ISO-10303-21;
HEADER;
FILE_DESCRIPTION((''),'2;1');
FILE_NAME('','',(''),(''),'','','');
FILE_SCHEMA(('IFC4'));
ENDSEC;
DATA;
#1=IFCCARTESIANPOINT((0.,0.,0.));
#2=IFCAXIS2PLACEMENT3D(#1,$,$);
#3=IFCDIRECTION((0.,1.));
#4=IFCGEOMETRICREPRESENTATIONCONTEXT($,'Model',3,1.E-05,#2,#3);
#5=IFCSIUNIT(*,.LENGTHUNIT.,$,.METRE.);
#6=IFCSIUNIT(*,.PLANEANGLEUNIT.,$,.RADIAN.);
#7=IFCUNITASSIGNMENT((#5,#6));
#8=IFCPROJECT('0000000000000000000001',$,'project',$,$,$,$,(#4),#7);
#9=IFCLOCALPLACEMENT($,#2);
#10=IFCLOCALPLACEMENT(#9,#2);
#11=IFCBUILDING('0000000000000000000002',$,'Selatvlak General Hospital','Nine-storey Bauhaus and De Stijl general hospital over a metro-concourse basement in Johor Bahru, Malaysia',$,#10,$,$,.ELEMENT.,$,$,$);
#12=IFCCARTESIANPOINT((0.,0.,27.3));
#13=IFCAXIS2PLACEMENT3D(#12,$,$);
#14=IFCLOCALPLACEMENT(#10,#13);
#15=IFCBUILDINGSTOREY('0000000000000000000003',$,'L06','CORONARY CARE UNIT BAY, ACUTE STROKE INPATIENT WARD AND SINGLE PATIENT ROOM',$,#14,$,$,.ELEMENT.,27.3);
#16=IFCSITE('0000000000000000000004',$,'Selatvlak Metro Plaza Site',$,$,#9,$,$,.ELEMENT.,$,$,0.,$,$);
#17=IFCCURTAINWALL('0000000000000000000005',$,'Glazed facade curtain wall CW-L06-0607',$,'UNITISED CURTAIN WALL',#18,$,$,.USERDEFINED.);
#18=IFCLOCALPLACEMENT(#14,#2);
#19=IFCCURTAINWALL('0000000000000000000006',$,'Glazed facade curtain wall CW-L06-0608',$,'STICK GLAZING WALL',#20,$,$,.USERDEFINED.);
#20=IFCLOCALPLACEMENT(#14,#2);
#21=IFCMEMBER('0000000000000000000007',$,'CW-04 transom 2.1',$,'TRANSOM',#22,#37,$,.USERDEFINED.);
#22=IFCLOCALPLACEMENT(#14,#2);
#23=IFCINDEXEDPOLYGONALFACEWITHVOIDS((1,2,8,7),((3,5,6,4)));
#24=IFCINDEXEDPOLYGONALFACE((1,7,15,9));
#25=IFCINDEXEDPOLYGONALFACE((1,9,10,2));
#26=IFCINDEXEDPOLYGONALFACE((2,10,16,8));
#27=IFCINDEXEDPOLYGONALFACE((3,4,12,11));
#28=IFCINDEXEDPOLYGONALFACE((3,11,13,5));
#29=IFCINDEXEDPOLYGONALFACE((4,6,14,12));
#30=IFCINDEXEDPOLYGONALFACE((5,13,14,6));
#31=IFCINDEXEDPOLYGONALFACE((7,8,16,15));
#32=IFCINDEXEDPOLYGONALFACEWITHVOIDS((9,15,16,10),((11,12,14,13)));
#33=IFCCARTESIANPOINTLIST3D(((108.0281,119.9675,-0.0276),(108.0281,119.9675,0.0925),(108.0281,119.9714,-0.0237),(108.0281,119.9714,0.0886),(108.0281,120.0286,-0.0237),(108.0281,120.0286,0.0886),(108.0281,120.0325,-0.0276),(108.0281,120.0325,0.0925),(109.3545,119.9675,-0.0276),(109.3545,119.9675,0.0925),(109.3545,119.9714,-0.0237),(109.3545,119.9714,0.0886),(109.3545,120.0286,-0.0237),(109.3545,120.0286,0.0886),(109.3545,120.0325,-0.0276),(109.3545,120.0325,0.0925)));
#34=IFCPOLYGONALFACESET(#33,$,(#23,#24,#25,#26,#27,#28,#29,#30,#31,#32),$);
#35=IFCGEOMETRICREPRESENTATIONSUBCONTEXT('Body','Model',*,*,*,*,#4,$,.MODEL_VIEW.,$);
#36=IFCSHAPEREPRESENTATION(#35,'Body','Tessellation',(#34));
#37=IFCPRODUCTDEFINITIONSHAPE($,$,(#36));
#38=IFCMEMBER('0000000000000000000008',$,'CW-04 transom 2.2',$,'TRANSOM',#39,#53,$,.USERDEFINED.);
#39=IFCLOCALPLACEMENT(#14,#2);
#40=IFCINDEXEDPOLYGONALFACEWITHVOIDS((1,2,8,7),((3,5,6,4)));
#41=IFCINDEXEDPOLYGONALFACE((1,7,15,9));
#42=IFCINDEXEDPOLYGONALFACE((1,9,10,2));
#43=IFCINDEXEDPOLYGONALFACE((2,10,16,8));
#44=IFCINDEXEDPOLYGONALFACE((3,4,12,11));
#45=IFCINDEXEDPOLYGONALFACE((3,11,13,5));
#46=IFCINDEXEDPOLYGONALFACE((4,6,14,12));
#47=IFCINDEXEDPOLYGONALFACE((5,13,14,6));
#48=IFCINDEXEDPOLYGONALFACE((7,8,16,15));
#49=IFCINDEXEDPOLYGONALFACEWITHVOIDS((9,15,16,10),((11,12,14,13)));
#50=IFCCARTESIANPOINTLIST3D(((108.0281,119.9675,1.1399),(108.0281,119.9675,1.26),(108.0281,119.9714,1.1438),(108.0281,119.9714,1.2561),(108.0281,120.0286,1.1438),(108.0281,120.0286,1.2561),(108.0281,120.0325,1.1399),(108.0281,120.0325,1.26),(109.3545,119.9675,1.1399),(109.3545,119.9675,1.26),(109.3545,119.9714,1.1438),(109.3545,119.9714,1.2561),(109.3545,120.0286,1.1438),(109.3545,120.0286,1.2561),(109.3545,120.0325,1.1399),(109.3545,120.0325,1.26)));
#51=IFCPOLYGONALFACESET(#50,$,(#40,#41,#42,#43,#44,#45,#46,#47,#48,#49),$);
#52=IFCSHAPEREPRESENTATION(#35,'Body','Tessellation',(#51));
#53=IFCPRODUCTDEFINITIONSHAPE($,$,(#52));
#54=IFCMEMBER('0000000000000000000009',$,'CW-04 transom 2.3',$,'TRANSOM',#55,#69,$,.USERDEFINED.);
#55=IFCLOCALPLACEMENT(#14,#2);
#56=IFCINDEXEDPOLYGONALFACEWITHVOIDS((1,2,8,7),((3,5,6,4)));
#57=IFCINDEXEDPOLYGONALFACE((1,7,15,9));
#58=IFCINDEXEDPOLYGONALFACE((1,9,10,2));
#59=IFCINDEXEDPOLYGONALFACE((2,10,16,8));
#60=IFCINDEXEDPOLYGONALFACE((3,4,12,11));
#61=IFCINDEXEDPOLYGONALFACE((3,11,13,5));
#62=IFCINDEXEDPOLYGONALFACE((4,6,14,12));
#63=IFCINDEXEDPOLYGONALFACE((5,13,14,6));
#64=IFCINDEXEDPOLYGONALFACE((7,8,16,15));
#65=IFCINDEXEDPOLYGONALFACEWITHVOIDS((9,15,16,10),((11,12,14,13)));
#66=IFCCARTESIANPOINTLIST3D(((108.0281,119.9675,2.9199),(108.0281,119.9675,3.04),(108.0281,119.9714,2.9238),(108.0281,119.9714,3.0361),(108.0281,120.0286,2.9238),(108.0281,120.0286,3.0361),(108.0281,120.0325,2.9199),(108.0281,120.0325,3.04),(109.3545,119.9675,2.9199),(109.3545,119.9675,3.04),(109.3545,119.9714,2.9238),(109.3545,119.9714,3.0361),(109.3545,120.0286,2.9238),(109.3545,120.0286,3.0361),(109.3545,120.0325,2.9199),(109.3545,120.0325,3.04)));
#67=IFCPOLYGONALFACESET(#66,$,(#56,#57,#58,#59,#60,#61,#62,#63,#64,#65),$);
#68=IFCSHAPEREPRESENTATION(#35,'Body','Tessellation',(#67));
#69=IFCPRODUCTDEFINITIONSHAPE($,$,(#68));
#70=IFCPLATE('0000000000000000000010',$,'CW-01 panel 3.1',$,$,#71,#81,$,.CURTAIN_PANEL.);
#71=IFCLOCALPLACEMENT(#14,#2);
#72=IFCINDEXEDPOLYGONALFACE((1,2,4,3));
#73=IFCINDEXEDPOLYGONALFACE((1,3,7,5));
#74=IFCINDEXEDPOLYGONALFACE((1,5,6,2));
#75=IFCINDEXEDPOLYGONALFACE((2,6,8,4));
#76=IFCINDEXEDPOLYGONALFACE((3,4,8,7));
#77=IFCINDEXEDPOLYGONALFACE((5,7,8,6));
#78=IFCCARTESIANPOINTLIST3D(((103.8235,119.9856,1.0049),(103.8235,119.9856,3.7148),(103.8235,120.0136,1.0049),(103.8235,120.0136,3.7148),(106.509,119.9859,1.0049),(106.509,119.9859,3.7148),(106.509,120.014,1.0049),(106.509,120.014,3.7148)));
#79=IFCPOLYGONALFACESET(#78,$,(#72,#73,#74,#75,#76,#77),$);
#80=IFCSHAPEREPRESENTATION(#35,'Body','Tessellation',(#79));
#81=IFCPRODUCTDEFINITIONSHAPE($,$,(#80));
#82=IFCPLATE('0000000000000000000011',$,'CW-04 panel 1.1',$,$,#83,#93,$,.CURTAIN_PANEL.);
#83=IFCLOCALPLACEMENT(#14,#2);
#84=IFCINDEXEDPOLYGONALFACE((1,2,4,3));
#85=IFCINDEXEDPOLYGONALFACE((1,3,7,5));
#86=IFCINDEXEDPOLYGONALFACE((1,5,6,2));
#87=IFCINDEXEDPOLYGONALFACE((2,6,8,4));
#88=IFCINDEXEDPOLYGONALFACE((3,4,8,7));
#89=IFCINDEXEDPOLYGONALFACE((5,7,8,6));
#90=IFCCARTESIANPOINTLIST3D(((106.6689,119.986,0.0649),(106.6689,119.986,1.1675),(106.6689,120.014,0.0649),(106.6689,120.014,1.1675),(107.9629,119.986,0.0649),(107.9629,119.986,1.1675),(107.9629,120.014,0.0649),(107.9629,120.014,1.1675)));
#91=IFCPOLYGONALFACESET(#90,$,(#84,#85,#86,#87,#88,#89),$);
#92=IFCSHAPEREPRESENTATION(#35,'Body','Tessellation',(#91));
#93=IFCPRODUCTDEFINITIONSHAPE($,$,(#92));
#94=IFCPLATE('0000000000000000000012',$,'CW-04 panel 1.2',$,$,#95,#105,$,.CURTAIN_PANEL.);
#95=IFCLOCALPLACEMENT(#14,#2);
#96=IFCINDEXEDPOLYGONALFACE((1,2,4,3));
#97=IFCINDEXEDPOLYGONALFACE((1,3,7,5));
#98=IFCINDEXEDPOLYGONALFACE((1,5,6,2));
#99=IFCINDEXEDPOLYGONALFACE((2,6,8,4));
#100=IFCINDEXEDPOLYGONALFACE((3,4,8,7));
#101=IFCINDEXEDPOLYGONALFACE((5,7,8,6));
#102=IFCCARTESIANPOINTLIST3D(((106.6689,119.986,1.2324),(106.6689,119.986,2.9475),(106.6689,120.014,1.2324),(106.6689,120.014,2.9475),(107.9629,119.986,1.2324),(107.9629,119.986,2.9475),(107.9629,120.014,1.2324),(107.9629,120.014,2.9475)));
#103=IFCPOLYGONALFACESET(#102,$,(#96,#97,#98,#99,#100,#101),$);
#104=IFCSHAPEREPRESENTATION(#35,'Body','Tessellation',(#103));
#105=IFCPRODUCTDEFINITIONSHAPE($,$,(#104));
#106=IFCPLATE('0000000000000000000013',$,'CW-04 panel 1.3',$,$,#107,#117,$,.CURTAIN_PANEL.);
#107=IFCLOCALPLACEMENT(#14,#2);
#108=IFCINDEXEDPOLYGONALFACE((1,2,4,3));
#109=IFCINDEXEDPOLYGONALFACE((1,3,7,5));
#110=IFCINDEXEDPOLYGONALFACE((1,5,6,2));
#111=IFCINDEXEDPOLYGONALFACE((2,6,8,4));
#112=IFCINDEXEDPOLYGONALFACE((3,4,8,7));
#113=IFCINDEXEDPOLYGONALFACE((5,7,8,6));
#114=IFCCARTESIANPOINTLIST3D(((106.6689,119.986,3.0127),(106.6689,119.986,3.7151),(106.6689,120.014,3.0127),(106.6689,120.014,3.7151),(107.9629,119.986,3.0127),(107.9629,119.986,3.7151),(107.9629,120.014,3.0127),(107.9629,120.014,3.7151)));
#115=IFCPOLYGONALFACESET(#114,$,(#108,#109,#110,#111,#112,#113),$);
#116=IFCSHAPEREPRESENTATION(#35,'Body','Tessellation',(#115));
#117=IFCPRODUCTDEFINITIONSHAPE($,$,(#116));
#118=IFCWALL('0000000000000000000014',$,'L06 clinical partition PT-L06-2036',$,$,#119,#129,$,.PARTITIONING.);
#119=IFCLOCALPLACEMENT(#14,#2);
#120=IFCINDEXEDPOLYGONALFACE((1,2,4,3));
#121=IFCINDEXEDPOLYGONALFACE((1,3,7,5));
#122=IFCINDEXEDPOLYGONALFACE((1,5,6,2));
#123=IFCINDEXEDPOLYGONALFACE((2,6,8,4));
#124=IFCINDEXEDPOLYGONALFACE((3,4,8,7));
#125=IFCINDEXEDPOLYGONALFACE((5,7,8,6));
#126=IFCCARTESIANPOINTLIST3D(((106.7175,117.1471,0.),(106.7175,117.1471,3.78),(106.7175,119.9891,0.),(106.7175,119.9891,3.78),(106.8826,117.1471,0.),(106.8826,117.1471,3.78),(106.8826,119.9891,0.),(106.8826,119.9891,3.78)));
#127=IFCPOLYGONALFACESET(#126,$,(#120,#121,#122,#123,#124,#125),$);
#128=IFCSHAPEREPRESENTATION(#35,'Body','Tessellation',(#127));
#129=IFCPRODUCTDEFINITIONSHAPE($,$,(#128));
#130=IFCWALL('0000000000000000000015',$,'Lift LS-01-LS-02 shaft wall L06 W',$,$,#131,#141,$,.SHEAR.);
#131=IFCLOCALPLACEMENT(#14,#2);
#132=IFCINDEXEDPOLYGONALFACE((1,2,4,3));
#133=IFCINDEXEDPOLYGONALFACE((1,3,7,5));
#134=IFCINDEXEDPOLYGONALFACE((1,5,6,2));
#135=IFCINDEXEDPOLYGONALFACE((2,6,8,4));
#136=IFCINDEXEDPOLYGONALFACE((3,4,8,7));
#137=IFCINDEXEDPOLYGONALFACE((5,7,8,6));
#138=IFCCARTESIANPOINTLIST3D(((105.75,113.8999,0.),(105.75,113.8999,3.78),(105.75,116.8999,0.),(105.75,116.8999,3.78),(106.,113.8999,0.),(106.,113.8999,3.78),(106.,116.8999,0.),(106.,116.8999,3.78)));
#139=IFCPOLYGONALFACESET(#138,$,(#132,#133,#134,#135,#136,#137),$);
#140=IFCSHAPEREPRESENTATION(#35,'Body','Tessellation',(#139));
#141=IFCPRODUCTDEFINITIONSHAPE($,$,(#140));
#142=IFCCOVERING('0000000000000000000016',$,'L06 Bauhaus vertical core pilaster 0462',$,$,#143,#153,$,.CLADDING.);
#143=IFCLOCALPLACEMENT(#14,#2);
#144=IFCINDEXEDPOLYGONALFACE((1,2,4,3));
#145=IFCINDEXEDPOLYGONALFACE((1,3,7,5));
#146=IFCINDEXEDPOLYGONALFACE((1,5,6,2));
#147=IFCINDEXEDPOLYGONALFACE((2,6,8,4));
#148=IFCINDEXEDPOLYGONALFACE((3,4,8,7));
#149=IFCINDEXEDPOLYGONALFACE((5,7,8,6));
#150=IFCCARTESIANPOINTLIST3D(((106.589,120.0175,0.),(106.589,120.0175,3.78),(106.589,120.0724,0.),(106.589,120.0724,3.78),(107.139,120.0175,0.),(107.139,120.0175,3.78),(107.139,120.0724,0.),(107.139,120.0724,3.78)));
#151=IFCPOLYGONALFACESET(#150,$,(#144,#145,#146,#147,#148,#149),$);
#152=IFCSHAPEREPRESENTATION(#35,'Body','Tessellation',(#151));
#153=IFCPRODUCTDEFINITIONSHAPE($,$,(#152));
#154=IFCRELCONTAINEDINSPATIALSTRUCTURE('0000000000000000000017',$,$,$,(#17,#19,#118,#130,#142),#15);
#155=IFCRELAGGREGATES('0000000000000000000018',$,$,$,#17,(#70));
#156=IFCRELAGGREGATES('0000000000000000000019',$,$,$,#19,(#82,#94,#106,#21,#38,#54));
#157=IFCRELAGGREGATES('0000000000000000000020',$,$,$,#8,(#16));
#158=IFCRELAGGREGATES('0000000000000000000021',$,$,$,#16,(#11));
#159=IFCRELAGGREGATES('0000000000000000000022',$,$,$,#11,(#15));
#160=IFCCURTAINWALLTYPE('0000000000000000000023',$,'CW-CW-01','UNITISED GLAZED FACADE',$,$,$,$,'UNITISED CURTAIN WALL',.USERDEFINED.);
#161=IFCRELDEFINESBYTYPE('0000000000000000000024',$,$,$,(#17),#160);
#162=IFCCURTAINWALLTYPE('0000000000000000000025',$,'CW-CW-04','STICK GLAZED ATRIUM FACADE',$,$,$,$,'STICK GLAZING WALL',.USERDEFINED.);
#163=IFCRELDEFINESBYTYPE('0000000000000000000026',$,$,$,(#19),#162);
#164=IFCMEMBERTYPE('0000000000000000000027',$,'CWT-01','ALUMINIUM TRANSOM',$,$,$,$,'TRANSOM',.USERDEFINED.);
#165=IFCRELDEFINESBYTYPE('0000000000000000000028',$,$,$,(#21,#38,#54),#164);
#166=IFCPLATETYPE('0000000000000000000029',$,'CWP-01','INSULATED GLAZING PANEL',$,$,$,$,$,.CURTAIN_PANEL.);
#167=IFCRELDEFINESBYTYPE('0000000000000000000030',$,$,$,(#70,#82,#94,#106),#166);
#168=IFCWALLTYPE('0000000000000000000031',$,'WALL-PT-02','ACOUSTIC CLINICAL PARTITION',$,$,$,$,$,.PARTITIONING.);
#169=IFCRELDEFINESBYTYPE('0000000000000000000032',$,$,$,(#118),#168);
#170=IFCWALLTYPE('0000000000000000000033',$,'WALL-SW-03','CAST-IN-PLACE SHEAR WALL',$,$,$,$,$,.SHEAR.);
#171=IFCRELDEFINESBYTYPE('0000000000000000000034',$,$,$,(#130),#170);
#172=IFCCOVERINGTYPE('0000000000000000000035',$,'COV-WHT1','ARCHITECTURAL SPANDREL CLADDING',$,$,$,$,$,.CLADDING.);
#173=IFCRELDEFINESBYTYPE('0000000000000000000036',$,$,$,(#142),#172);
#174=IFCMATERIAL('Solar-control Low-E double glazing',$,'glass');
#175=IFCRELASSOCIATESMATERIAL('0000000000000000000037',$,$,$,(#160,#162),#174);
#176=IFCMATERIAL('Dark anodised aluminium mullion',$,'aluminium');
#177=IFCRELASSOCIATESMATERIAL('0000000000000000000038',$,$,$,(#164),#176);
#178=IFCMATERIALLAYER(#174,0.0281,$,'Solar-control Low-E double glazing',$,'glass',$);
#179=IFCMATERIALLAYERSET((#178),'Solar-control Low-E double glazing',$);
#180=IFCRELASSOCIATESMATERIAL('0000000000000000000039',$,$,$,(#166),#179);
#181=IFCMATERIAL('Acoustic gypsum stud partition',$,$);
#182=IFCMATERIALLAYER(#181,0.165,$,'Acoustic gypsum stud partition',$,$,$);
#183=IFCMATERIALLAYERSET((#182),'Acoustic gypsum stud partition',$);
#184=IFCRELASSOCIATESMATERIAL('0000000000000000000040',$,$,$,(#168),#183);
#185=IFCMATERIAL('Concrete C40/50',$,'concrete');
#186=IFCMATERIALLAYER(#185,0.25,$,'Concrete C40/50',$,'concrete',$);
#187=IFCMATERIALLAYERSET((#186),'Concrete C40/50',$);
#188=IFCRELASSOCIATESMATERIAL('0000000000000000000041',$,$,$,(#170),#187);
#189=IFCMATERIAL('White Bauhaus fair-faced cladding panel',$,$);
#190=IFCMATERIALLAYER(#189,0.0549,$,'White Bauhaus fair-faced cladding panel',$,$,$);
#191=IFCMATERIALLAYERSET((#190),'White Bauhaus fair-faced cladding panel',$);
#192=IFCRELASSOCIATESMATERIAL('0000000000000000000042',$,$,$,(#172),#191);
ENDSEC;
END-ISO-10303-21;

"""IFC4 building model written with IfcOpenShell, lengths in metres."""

from ifc_helpers import new_model, si_unit, direction, frame, frame_2d, origin, origin_2d, place, context, subcontext, project, spatial, rectangle, hollow_rectangle, extrude, material, layer, layer_set, material_profile, profile_set, type_object, element, aggregate, save


model = new_model("IFC4")

# Units and contexts
model_context = context("Model", 3, precision=1e-05, world=origin(), true_north=direction((0.0, 1.0)))
body_context = subcontext(model_context, "Body", "Model", "MODEL_VIEW")
ifc_project = project(units=[si_unit("LENGTHUNIT", "METRE"), si_unit("PLANEANGLEUNIT", "RADIAN")], contexts=[model_context])

# Site, building, storey
site_placement = place(None, origin())
site = spatial("IfcSite", under=ifc_project, at=site_placement, Name="Selatvlak Metro Plaza Site", CompositionType="ELEMENT", RefElevation=0.0)
building_placement = place(site_placement, origin())
building = spatial("IfcBuilding", under=site, at=building_placement, Name="Selatvlak General Hospital", Description="Nine-storey Bauhaus and De Stijl general hospital over a metro-concourse basement in Johor Bahru, Malaysia", CompositionType="ELEMENT")
storey_placement = place(building_placement, frame((0.0, 0.0, 27.3)))
storey = spatial("IfcBuildingStorey", under=building, at=storey_placement, Name="L06", Description="CORONARY CARE UNIT BAY, ACUTE STROKE INPATIENT WARD AND SINGLE PATIENT ROOM", CompositionType="ELEMENT", Elevation=27.3)

# Shared definitions
ifc_material_1 = material(Name="Concrete C40/50", Category="concrete")

# Curtain walls
ifc_material_2 = material(Name="Solar-control Low-E double glazing", Category="glass")
curtain_wall_type_1 = type_object("IfcCurtainWallType", Name="CW-CW-01", Description="UNITISED GLAZED FACADE", ElementType="UNITISED CURTAIN WALL", PredefinedType="USERDEFINED", material=ifc_material_2)
curtain_wall_1_placement = place(storey_placement, origin())
curtain_wall_1 = element("IfcCurtainWall", 1, at=curtain_wall_1_placement, inside=storey, type_object=curtain_wall_type_1, Name="Glazed facade curtain wall CW-L06-0607", ObjectType="UNITISED CURTAIN WALL", PredefinedType="USERDEFINED")
ifc_material_3 = material(Name="Dark anodised aluminium mullion", Category="aluminium")
curtain_wall_type_2 = type_object("IfcCurtainWallType", Name="CW-CW-04", Description="STICK GLAZED ATRIUM FACADE", ElementType="STICK GLAZING WALL", PredefinedType="USERDEFINED", material=ifc_material_2)
curtain_wall_2_placement = place(storey_placement, origin())
curtain_wall_2 = element("IfcCurtainWall", 2, at=curtain_wall_2_placement, inside=storey, type_object=curtain_wall_type_2, Name="Glazed facade curtain wall CW-L06-0608", ObjectType="STICK GLAZING WALL", PredefinedType="USERDEFINED")

# Members
ifc_material_profile_1 = material_profile(ifc_material_3, hollow_rectangle(XDim=0.0649, YDim=0.1201, WallThickness=0.0039, at=origin_2d()), Name="AL-TRN 65x120x4")
ifc_profile_set_1 = profile_set([ifc_material_profile_1], Name="Dark anodised aluminium mullion")
member_type_1 = type_object("IfcMemberType", Name="CWT-01", Description="ALUMINIUM TRANSOM", ElementType="TRANSOM", PredefinedType="USERDEFINED", material=ifc_profile_set_1)
member_1_placement = place(storey_placement, frame((108.0281, 120.0, 0.0325), z_axis=(1.0, 0.0, 0.0), x_axis=(0.0, 1.0, 0.0)))
member_1 = element("IfcMember", 3, at=member_1_placement, type_object=member_type_1, Name="CW-04 transom 2.1", ObjectType="TRANSOM", PredefinedType="USERDEFINED", context=body_context, shape_type="SweptSolid", body=[
    extrude(hollow_rectangle(XDim=0.0649, YDim=0.1201, WallThickness=0.0039, at=origin_2d()), origin(), (0.0, 0.0, 1.0), 1.3264),
])
member_2_placement = place(storey_placement, frame((108.0281, 120.0, 1.2), z_axis=(1.0, 0.0, 0.0), x_axis=(0.0, 1.0, 0.0)))
member_2 = element("IfcMember", 4, at=member_2_placement, type_object=member_type_1, Name="CW-04 transom 2.2", ObjectType="TRANSOM", PredefinedType="USERDEFINED", context=body_context, shape_type="SweptSolid", body=[
    extrude(hollow_rectangle(XDim=0.0649, YDim=0.1201, WallThickness=0.0039, at=origin_2d()), origin(), (0.0, 0.0, 1.0), 1.3264),
])
member_3_placement = place(storey_placement, frame((108.0281, 120.0, 2.98), z_axis=(1.0, 0.0, 0.0), x_axis=(0.0, 1.0, 0.0)))
member_3 = element("IfcMember", 5, at=member_3_placement, type_object=member_type_1, Name="CW-04 transom 2.3", ObjectType="TRANSOM", PredefinedType="USERDEFINED", context=body_context, shape_type="SweptSolid", body=[
    extrude(hollow_rectangle(XDim=0.0649, YDim=0.1201, WallThickness=0.0039, at=origin_2d()), origin(), (0.0, 0.0, 1.0), 1.3264),
])

# Plates
ifc_layer_1 = layer(ifc_material_2, 0.0281, Name="Solar-control Low-E double glazing", Category="glass")
ifc_layer_set_1 = layer_set([ifc_layer_1], Name="Solar-control Low-E double glazing")
plate_type = type_object("IfcPlateType", Name="CWP-01", Description="INSULATED GLAZING PANEL", PredefinedType="CURTAIN_PANEL", material=ifc_layer_set_1)
plate_1_placement = place(storey_placement, frame((105.1663, 119.9998, 1.0049), z_axis=(0.0, 0.0, 1.0), x_axis=(1.0, 0.00012, 0.0)))
plate_1 = element("IfcPlate", 6, at=plate_1_placement, type_object=plate_type, Name="CW-01 panel 3.1", PredefinedType="CURTAIN_PANEL", context=body_context, shape_type="SweptSolid", body=[
    extrude(rectangle(XDim=2.6855, YDim=0.0281, at=origin_2d()), origin(), (0.0, 0.0, 1.0), 2.71),
])
aggregate(curtain_wall_1, [plate_1])
plate_2_placement = place(storey_placement, frame((107.3159, 120.0, 0.0649), z_axis=(0.0, 0.0, 1.0), x_axis=(1.0, 0.0, 0.0)))
plate_2 = element("IfcPlate", 7, at=plate_2_placement, type_object=plate_type, Name="CW-04 panel 1.1", PredefinedType="CURTAIN_PANEL", context=body_context, shape_type="SweptSolid", body=[
    extrude(rectangle(XDim=1.2939, YDim=0.0281, at=origin_2d()), origin(), (0.0, 0.0, 1.0), 1.1025),
])
plate_3_placement = place(storey_placement, frame((107.3159, 120.0, 1.2324), z_axis=(0.0, 0.0, 1.0), x_axis=(1.0, 0.0, 0.0)))
plate_3 = element("IfcPlate", 8, at=plate_3_placement, type_object=plate_type, Name="CW-04 panel 1.2", PredefinedType="CURTAIN_PANEL", context=body_context, shape_type="SweptSolid", body=[
    extrude(rectangle(XDim=1.2939, YDim=0.0281, at=origin_2d()), origin(), (0.0, 0.0, 1.0), 1.7151),
])
plate_4_placement = place(storey_placement, frame((107.3159, 120.0, 3.0127), z_axis=(0.0, 0.0, 1.0), x_axis=(1.0, 0.0, 0.0)))
plate_4 = element("IfcPlate", 9, at=plate_4_placement, type_object=plate_type, Name="CW-04 panel 1.3", PredefinedType="CURTAIN_PANEL", context=body_context, shape_type="SweptSolid", body=[
    extrude(rectangle(XDim=1.2939, YDim=0.0281, at=origin_2d()), origin(), (0.0, 0.0, 1.0), 0.7024),
])
aggregate(curtain_wall_2, [plate_2, plate_3, plate_4, member_1, member_2, member_3])

# Walls
ifc_material_4 = material(Name="Acoustic gypsum stud partition")
ifc_layer_2 = layer(ifc_material_4, 0.165, Name="Acoustic gypsum stud partition")
ifc_layer_set_2 = layer_set([ifc_layer_2], Name="Acoustic gypsum stud partition")
wall_type_1 = type_object("IfcWallType", Name="WALL-PT-02", Description="ACOUSTIC CLINICAL PARTITION", PredefinedType="PARTITIONING", material=ifc_layer_set_2)
wall_1_placement = place(storey_placement, frame((106.8, 119.989, 0.0), z_axis=(0.0, 0.0, 1.0), x_axis=(0.0, -1.0, 0.0)))
element("IfcWall", 10, at=wall_1_placement, inside=storey, type_object=wall_type_1, Name="L06 clinical partition PT-L06-2036", PredefinedType="PARTITIONING", context=body_context, shape_type="SweptSolid", body=[
    extrude(rectangle(XDim=2.842, YDim=0.165, at=frame_2d((1.4209, 0.0))), origin(), (0.0, 0.0, 1.0), 3.78),
])
ifc_layer_3 = layer(ifc_material_1, 0.25, Name="Concrete C40/50", Category="concrete")
ifc_layer_set_3 = layer_set([ifc_layer_3], Name="Concrete C40/50")
wall_type_2 = type_object("IfcWallType", Name="WALL-SW-03", Description="CAST-IN-PLACE SHEAR WALL", PredefinedType="SHEAR", material=ifc_layer_set_3)
wall_2_placement = place(storey_placement, frame((105.875, 116.8999, 0.0), z_axis=(0.0, 0.0, 1.0), x_axis=(0.0, -1.0, 0.0)))
element("IfcWall", 11, at=wall_2_placement, inside=storey, type_object=wall_type_2, Name="Lift LS-01-LS-02 shaft wall L06 W", PredefinedType="SHEAR", context=body_context, shape_type="SweptSolid", body=[
    extrude(rectangle(XDim=3.0, YDim=0.25, at=frame_2d((1.5, 0.0))), origin(), (0.0, 0.0, 1.0), 3.78),
])

# Covering
ifc_material_5 = material(Name="White Bauhaus fair-faced cladding panel")
ifc_layer_4 = layer(ifc_material_5, 0.0549, Name="White Bauhaus fair-faced cladding panel")
ifc_layer_set_4 = layer_set([ifc_layer_4], Name="White Bauhaus fair-faced cladding panel")
covering_type = type_object("IfcCoveringType", Name="COV-WHT1", Description="ARCHITECTURAL SPANDREL CLADDING", PredefinedType="CLADDING", material=ifc_layer_set_4)
covering_placement = place(storey_placement, frame((106.864, 120.0449, 0.0), z_axis=(0.0, 0.0, 1.0), x_axis=(1.0, 0.0, 0.0)))
element("IfcCovering", 12, at=covering_placement, inside=storey, type_object=covering_type, Name="L06 Bauhaus vertical core pilaster 0462", PredefinedType="CLADDING", context=body_context, shape_type="SweptSolid", body=[
    extrude(rectangle(XDim=0.55, YDim=0.0549, at=origin_2d()), origin(), (0.0, 0.0, 1.0), 3.78),
])

save(model, "model.ifc")
